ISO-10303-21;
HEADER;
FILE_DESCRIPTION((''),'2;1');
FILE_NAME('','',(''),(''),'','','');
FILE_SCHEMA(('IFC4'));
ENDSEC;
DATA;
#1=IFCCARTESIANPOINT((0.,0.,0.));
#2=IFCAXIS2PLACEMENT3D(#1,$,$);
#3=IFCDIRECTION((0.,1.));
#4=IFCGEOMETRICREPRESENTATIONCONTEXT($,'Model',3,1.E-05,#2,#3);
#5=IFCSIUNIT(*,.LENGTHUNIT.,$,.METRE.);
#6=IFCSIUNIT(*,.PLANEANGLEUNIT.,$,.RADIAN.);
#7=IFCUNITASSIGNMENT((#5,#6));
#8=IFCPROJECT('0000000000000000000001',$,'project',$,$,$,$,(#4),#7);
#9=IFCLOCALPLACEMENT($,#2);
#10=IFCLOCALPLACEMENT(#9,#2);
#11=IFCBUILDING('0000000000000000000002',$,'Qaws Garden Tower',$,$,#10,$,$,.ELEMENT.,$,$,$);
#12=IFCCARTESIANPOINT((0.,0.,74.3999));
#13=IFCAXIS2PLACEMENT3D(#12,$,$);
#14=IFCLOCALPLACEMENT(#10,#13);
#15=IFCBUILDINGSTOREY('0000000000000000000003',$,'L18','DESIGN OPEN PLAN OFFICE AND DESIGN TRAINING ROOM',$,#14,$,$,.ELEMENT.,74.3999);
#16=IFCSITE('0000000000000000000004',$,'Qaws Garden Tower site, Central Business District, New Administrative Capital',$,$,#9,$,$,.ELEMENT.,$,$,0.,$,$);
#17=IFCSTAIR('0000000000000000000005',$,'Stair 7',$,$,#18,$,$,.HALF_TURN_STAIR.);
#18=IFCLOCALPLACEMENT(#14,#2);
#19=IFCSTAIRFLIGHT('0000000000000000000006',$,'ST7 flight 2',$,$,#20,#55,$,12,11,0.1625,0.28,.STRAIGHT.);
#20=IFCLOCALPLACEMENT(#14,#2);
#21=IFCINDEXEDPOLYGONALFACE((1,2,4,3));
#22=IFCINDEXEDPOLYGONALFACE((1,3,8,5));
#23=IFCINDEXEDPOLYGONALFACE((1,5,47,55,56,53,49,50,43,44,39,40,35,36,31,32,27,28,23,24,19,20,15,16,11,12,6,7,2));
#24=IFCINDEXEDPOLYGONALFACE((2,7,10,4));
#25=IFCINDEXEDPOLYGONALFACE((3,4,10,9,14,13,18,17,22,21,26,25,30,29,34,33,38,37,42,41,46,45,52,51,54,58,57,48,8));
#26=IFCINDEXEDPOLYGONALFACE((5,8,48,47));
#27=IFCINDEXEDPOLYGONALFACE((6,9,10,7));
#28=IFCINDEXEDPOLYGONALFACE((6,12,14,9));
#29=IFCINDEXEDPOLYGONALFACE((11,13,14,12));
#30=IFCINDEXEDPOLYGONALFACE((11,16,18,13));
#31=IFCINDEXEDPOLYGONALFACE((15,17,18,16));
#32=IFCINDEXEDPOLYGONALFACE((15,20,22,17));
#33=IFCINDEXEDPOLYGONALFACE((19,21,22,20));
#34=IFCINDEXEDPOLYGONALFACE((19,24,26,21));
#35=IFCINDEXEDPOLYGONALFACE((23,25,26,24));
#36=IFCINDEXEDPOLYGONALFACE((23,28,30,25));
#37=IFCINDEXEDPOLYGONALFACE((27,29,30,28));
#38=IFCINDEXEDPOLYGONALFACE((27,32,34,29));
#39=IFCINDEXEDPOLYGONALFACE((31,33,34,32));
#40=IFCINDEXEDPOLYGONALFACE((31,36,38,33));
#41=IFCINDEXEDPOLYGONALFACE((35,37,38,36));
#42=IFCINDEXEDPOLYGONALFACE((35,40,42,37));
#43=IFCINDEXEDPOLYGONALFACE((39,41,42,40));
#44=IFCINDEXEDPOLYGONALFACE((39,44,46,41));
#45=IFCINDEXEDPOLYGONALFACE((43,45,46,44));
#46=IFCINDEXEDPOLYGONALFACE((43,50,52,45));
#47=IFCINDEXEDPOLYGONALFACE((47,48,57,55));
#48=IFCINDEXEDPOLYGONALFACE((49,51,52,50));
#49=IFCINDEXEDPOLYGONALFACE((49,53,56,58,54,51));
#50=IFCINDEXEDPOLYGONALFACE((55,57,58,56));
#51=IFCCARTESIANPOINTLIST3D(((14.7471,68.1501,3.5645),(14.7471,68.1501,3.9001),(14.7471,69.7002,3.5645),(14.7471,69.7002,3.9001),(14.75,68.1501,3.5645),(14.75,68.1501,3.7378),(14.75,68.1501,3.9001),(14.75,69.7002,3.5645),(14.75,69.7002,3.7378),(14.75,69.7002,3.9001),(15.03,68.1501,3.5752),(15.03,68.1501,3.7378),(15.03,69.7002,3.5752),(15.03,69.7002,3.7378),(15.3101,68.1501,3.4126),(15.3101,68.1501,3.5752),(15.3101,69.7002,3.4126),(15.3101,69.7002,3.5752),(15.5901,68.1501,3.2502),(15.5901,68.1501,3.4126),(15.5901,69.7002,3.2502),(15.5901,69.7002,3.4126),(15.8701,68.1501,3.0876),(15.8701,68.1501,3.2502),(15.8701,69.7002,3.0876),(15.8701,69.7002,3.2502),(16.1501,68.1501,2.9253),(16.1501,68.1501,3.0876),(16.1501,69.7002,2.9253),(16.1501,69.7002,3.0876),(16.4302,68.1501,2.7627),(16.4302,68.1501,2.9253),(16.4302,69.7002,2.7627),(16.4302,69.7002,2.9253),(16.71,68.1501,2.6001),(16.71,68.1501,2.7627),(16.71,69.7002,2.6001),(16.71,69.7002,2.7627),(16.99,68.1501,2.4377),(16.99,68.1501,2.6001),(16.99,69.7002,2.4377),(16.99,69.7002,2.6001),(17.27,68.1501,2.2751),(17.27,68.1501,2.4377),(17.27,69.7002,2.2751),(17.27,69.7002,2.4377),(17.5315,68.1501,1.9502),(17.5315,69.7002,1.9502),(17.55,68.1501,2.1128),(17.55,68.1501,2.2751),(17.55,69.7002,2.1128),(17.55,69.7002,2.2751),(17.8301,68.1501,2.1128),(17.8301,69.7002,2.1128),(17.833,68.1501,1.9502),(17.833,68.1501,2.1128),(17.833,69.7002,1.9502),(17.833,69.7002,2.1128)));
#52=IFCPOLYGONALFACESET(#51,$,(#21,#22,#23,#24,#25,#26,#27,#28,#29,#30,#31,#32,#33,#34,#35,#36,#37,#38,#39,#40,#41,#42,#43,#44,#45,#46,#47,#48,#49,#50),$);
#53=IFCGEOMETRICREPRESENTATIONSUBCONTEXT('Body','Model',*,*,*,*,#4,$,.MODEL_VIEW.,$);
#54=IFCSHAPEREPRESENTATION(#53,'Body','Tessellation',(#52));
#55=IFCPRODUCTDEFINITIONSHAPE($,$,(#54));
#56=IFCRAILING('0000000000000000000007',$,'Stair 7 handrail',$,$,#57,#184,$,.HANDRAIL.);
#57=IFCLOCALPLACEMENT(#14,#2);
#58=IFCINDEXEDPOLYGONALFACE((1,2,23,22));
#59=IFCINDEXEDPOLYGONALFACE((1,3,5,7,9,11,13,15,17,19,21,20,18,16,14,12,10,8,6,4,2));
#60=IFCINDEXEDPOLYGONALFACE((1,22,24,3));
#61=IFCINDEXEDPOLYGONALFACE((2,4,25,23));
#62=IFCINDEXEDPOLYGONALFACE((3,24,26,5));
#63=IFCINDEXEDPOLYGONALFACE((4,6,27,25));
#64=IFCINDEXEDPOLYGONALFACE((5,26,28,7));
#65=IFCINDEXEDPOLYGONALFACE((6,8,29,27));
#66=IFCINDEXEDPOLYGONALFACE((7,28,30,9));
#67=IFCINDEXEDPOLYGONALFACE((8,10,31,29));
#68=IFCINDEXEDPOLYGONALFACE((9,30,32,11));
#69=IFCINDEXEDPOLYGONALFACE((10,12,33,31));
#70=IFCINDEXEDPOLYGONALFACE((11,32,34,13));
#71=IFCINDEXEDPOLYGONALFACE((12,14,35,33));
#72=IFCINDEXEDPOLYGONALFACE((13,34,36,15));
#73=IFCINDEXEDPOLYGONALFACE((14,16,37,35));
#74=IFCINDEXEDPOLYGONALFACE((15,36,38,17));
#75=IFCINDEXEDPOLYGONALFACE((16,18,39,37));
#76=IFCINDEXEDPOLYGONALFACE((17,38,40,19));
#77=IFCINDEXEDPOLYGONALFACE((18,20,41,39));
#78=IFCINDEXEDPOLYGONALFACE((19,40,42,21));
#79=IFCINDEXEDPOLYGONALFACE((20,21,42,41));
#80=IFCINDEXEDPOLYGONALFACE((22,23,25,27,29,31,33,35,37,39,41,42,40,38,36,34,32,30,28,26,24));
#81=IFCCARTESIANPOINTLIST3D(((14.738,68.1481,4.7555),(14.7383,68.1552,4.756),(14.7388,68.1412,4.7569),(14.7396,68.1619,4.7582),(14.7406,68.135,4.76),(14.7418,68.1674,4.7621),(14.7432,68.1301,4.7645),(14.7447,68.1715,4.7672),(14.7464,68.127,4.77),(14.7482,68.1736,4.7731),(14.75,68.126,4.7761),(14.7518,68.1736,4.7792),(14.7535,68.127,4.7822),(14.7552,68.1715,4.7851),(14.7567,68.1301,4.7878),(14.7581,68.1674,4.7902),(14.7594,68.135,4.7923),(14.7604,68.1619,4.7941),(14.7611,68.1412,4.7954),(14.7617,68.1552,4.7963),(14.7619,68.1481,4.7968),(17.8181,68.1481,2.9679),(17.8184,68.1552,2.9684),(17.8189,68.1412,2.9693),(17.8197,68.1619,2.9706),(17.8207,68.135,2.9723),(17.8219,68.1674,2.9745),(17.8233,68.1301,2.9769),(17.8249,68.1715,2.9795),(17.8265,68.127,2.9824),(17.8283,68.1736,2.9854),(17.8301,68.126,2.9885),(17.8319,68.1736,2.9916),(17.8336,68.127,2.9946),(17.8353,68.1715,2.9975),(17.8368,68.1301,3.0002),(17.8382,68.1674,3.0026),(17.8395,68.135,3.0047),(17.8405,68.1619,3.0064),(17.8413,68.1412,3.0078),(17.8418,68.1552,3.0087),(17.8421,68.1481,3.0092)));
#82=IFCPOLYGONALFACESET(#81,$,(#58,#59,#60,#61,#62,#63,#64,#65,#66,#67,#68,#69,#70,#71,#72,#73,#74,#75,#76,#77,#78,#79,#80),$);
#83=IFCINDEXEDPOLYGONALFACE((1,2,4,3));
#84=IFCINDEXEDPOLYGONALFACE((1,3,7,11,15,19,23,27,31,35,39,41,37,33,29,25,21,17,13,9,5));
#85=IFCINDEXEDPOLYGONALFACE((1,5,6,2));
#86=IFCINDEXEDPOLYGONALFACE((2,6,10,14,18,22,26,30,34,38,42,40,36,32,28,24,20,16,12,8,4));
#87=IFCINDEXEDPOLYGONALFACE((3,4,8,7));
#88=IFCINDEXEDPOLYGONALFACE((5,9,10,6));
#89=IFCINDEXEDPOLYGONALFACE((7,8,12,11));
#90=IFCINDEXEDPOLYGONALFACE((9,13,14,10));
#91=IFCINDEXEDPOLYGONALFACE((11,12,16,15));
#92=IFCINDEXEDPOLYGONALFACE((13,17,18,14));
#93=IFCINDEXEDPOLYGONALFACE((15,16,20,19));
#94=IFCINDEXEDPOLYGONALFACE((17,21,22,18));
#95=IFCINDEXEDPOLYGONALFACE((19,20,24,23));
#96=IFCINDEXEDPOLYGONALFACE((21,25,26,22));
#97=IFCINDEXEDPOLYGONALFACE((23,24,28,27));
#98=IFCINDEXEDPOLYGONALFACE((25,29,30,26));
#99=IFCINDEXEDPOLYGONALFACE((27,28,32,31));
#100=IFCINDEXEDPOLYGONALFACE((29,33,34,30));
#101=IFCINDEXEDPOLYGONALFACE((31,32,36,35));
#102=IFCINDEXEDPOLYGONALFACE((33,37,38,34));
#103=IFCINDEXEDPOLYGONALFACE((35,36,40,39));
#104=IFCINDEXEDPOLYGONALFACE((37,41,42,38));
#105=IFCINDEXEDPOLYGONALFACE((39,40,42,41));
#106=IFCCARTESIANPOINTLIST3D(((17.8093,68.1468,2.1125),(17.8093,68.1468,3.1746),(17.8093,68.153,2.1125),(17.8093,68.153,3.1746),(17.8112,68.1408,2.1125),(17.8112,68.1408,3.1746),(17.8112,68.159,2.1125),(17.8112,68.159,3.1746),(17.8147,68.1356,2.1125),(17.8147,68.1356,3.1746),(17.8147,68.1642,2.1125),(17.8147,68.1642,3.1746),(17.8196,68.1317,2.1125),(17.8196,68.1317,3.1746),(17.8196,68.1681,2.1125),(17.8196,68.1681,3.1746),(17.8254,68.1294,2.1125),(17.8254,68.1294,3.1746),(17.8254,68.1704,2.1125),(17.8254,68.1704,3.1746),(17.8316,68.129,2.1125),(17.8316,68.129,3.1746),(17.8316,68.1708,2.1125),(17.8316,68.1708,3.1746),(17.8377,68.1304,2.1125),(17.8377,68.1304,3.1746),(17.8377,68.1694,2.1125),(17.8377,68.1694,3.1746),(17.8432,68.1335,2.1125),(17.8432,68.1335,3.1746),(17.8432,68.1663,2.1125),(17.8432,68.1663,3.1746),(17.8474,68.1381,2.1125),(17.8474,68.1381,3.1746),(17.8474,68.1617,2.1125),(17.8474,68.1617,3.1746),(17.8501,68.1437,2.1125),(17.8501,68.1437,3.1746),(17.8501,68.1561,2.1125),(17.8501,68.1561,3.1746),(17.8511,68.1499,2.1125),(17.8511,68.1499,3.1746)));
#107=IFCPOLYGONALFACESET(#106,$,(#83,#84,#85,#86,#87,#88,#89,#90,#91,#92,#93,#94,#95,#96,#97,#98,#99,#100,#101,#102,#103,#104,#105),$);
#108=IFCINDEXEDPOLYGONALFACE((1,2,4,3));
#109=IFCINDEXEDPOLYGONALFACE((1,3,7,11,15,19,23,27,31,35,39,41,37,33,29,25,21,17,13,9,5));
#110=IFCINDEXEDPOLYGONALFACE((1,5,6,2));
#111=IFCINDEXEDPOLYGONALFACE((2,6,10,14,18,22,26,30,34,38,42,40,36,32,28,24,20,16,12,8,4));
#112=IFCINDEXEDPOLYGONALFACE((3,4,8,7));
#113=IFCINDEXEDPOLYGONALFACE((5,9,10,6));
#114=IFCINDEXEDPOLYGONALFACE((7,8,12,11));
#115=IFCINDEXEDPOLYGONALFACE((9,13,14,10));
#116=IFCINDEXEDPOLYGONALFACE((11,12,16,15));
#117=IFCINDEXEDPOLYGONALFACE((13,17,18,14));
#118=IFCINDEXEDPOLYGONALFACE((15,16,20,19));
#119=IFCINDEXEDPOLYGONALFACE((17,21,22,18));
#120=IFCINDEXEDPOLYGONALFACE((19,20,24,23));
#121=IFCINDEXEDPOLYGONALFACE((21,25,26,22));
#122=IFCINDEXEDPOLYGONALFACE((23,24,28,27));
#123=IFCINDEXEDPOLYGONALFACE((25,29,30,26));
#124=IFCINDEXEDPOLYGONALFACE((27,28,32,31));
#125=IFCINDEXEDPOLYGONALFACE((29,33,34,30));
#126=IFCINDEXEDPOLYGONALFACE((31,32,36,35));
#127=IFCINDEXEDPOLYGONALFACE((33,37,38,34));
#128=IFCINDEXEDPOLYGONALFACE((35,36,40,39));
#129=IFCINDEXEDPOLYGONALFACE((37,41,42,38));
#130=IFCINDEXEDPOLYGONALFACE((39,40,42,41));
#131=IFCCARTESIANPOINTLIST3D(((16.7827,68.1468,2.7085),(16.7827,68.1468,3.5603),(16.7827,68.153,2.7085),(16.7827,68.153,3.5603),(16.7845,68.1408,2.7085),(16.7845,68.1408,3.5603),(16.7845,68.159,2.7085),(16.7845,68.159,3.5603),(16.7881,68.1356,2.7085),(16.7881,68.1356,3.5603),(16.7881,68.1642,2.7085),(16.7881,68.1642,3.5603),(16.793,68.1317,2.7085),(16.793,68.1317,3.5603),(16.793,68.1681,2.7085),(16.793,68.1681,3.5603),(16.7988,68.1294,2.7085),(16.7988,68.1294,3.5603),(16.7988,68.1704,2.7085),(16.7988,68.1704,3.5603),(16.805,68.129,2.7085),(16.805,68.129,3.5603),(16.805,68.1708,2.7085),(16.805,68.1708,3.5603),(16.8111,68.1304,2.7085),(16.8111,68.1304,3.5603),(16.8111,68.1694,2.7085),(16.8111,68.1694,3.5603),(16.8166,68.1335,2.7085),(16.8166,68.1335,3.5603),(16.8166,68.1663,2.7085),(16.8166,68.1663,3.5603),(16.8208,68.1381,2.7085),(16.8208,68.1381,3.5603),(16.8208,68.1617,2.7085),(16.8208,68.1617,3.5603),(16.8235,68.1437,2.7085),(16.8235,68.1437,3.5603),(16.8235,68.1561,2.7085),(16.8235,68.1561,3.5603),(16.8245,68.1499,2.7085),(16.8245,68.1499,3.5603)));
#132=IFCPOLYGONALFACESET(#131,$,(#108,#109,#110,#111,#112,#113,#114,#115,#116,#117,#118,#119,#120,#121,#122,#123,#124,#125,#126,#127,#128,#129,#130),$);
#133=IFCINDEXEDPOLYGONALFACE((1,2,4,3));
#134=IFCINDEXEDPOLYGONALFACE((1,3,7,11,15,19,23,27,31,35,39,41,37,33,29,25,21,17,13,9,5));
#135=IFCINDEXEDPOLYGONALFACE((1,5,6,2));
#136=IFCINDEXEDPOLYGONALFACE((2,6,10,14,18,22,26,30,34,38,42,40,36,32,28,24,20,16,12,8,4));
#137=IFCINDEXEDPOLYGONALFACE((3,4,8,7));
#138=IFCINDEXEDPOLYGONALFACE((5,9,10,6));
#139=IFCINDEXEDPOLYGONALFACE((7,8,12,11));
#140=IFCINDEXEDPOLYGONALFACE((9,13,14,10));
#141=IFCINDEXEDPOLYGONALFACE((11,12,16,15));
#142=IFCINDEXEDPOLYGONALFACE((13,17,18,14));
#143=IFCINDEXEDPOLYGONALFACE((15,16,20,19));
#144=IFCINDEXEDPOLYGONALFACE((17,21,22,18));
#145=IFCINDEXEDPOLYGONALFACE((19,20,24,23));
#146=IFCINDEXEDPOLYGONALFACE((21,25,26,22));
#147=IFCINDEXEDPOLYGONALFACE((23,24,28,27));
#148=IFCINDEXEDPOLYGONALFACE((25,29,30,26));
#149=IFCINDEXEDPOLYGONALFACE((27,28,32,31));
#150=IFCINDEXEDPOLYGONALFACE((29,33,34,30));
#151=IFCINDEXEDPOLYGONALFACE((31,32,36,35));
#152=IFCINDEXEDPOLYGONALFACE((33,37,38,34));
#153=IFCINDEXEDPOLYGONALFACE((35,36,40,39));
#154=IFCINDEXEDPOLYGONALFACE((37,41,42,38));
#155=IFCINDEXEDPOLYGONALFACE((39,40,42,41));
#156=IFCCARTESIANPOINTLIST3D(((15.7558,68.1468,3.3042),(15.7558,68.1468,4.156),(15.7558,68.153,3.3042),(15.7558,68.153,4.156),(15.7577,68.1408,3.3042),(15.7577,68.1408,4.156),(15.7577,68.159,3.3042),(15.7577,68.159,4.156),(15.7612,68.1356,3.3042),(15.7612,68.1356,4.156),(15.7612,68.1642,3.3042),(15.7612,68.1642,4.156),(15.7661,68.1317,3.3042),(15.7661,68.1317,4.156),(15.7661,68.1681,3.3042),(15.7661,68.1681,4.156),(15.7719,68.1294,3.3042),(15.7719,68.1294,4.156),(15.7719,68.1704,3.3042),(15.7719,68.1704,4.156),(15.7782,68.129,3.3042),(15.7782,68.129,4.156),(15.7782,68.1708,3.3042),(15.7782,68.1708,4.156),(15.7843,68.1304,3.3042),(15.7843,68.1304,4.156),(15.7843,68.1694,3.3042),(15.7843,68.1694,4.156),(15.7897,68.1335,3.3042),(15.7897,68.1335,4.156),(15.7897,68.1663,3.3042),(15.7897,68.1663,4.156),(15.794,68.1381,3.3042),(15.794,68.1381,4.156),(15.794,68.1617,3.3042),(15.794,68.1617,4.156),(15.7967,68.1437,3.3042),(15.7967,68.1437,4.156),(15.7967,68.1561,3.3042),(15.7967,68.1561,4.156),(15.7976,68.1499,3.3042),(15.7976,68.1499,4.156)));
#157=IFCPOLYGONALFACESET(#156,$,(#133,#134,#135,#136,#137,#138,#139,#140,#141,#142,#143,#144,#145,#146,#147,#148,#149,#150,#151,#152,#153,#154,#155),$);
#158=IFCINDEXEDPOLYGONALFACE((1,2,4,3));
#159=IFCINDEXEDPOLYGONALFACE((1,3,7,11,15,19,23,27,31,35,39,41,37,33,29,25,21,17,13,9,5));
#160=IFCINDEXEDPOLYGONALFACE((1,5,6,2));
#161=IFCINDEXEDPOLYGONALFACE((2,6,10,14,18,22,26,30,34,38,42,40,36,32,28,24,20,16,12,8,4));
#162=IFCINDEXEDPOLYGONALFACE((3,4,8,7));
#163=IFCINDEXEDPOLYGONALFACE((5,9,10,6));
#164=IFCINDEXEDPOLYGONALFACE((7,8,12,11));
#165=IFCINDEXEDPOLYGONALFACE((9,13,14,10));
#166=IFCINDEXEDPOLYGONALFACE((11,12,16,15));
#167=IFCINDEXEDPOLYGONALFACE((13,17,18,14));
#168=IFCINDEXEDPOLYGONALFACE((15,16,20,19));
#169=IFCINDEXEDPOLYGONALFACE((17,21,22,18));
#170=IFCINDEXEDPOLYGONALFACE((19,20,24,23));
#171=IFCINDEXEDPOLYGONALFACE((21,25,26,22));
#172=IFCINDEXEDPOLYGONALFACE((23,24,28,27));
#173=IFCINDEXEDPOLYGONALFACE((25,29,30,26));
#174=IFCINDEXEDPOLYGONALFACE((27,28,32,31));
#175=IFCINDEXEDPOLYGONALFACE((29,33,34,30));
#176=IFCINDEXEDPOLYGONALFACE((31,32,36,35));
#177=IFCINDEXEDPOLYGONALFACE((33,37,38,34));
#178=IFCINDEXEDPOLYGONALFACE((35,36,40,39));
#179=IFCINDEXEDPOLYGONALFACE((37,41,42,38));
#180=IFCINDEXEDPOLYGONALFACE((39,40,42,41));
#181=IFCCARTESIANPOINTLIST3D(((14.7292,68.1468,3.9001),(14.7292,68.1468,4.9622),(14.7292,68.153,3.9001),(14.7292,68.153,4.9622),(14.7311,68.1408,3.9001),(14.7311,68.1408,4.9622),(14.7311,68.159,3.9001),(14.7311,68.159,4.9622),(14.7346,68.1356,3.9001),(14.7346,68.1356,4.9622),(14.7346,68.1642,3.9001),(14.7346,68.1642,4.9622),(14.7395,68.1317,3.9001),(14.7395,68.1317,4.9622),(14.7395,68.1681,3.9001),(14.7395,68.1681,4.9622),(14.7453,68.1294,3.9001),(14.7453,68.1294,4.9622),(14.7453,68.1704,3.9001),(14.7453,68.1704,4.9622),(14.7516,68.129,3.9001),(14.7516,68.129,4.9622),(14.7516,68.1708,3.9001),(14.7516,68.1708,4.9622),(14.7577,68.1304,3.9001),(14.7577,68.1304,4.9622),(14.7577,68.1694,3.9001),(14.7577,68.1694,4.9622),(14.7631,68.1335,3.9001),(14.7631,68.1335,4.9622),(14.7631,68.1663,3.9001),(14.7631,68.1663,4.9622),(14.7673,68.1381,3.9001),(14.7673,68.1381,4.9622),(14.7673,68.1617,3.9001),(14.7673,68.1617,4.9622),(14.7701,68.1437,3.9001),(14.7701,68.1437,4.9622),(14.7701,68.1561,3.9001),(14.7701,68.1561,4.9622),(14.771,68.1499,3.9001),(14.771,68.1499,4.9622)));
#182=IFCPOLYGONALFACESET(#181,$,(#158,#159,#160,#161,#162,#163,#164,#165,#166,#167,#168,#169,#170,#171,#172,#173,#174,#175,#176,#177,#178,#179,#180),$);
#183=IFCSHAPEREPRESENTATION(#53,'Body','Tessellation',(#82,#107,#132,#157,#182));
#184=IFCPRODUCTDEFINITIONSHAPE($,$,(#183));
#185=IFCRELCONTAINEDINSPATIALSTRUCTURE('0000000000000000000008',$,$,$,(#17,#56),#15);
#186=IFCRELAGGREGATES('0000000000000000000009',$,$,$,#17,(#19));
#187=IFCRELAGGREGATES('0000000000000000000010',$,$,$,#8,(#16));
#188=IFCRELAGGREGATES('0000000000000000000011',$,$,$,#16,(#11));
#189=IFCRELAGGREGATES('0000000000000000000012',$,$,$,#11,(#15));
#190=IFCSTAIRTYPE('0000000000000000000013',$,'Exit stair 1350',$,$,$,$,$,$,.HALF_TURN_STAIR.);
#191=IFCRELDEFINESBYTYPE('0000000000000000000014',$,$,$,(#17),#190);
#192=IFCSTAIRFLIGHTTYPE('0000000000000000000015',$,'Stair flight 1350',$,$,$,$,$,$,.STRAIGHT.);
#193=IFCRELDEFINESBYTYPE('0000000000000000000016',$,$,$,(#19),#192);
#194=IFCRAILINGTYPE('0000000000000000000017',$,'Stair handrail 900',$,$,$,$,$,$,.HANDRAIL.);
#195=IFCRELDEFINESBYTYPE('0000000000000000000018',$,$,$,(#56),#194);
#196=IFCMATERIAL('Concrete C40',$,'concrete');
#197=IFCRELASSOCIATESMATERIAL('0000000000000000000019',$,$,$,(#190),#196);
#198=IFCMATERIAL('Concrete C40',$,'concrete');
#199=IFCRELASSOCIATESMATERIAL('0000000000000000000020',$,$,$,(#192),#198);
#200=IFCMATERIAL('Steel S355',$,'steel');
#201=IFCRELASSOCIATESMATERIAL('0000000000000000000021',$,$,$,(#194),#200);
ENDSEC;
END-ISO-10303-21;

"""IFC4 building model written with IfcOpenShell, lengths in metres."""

from ifc_helpers import new_model, si_unit, direction, frame, origin, origin_2d, place, context, subcontext, project, spatial, polyline, circle, outline, extrude, material, type_object, element, aggregate, save


model = new_model("IFC4")

# Units and contexts
model_context = context("Model", 3, precision=1e-05, world=origin(), true_north=direction((0.0, 1.0)))
body_context = subcontext(model_context, "Body", "Model", "MODEL_VIEW")
ifc_project = project(units=[si_unit("LENGTHUNIT", "METRE"), si_unit("PLANEANGLEUNIT", "RADIAN")], contexts=[model_context])

# Site, building, storey
site_placement = place(None, origin())
site = spatial("IfcSite", under=ifc_project, at=site_placement, Name="Qaws Garden Tower site, Central Business District, New Administrative Capital", CompositionType="ELEMENT", RefElevation=0.0)
building_placement = place(site_placement, origin())
building = spatial("IfcBuilding", under=site, at=building_placement, Name="Qaws Garden Tower", CompositionType="ELEMENT")
storey_placement = place(building_placement, frame((0.0, 0.0, 74.3999)))
storey = spatial("IfcBuildingStorey", under=building, at=storey_placement, Name="L18", Description="DESIGN OPEN PLAN OFFICE AND DESIGN TRAINING ROOM", CompositionType="ELEMENT", Elevation=74.3999)

# Stair, stair flight
ifc_material_1 = material(Name="Concrete C40", Category="concrete")
stair_type = type_object("IfcStairType", Name="Exit stair 1350", PredefinedType="HALF_TURN_STAIR", material=ifc_material_1)
stair_placement = place(storey_placement, origin())
stair = element("IfcStair", 1, at=stair_placement, inside=storey, type_object=stair_type, Name="Stair 7", PredefinedType="HALF_TURN_STAIR")
ifc_material_2 = material(Name="Concrete C40", Category="concrete")
stair_flight_type = type_object("IfcStairFlightType", Name="Stair flight 1350", PredefinedType="STRAIGHT", material=ifc_material_2)
stair_flight_placement = place(storey_placement, frame((17.8301, 68.925, 1.9502), z_axis=(0.0, 0.0, 1.0), x_axis=(-1.0, 0.0, 0.0)))
stair_flight = element("IfcStairFlight", 2, at=stair_flight_placement, type_object=stair_flight_type, Name="ST7 flight 2", NumberOfRisers=12, NumberOfTreads=11, PredefinedType="STRAIGHT", RiserHeight=0.1625, TreadLength=0.28, context=body_context, shape_type="SweptSolid", body=[
    extrude(outline(polyline([(-0.0029, 0.0), (-0.0029, 0.1626), (0.0, 0.1626), (0.28, 0.1626), (0.28, 0.325), (0.5601, 0.325), (0.5601, 0.4875), (0.8401, 0.4875), (0.8401, 0.6499), (1.1201, 0.6499), (1.1201, 0.8125), (1.3999, 0.8125), (1.3999, 0.9751), (1.6799, 0.9751), (1.6799, 1.1375), (1.96, 1.1375), (1.96, 1.3), (2.24, 1.3), (2.24, 1.4624), (2.52, 1.4624), (2.52, 1.625), (2.8, 1.625), (2.8, 1.7876), (3.0801, 1.7876), (3.0801, 1.95), (3.083, 1.95), (3.083, 1.6143), (3.0801, 1.6143), (0.2986, 0.0), (-0.0029, 0.0)])), frame((0.0, 0.7749, 0.0), z_axis=(0.0, -1.0, 0.0), x_axis=(1.0, 0.0, 0.0)), (0.0, 0.0, 1.0), 1.55),
])
aggregate(stair, [stair_flight])

# Railing
ifc_material_3 = material(Name="Steel S355", Category="steel")
railing_type = type_object("IfcRailingType", Name="Stair handrail 900", PredefinedType="HANDRAIL", material=ifc_material_3)
railing_placement = place(storey_placement, frame((17.8301, 68.1499, 2.1125)))
element("IfcRailing", 3, at=railing_placement, inside=storey, type_object=railing_type, Name="Stair 7 handrail", PredefinedType="HANDRAIL", context=body_context, shape_type="SweptSolid", body=[
    extrude(circle(Radius=0.0239, at=origin_2d()), frame((0.0, 0.0, 0.876), z_axis=(-0.864891, 0.0, 0.50196), x_axis=(0.0, -1.0, 0.0)), (0.0, 0.0, 1.0), 3.5613),
    extrude(circle(Radius=0.021, at=origin_2d()), origin(), (0.0, 0.0, 1.0), 1.062),
    extrude(circle(Radius=0.021, at=origin_2d()), frame((-1.0266, 0.0, 0.5959)), (0.0, 0.0, 1.0), 0.8518),
    extrude(circle(Radius=0.021, at=origin_2d()), frame((-2.0535, 0.0, 1.1917)), (0.0, 0.0, 1.0), 0.8518),
    extrude(circle(Radius=0.021, at=origin_2d()), frame((-3.0801, 0.0, 1.7876)), (0.0, 0.0, 1.0), 1.062),
])

save(model, "model.ifc")
